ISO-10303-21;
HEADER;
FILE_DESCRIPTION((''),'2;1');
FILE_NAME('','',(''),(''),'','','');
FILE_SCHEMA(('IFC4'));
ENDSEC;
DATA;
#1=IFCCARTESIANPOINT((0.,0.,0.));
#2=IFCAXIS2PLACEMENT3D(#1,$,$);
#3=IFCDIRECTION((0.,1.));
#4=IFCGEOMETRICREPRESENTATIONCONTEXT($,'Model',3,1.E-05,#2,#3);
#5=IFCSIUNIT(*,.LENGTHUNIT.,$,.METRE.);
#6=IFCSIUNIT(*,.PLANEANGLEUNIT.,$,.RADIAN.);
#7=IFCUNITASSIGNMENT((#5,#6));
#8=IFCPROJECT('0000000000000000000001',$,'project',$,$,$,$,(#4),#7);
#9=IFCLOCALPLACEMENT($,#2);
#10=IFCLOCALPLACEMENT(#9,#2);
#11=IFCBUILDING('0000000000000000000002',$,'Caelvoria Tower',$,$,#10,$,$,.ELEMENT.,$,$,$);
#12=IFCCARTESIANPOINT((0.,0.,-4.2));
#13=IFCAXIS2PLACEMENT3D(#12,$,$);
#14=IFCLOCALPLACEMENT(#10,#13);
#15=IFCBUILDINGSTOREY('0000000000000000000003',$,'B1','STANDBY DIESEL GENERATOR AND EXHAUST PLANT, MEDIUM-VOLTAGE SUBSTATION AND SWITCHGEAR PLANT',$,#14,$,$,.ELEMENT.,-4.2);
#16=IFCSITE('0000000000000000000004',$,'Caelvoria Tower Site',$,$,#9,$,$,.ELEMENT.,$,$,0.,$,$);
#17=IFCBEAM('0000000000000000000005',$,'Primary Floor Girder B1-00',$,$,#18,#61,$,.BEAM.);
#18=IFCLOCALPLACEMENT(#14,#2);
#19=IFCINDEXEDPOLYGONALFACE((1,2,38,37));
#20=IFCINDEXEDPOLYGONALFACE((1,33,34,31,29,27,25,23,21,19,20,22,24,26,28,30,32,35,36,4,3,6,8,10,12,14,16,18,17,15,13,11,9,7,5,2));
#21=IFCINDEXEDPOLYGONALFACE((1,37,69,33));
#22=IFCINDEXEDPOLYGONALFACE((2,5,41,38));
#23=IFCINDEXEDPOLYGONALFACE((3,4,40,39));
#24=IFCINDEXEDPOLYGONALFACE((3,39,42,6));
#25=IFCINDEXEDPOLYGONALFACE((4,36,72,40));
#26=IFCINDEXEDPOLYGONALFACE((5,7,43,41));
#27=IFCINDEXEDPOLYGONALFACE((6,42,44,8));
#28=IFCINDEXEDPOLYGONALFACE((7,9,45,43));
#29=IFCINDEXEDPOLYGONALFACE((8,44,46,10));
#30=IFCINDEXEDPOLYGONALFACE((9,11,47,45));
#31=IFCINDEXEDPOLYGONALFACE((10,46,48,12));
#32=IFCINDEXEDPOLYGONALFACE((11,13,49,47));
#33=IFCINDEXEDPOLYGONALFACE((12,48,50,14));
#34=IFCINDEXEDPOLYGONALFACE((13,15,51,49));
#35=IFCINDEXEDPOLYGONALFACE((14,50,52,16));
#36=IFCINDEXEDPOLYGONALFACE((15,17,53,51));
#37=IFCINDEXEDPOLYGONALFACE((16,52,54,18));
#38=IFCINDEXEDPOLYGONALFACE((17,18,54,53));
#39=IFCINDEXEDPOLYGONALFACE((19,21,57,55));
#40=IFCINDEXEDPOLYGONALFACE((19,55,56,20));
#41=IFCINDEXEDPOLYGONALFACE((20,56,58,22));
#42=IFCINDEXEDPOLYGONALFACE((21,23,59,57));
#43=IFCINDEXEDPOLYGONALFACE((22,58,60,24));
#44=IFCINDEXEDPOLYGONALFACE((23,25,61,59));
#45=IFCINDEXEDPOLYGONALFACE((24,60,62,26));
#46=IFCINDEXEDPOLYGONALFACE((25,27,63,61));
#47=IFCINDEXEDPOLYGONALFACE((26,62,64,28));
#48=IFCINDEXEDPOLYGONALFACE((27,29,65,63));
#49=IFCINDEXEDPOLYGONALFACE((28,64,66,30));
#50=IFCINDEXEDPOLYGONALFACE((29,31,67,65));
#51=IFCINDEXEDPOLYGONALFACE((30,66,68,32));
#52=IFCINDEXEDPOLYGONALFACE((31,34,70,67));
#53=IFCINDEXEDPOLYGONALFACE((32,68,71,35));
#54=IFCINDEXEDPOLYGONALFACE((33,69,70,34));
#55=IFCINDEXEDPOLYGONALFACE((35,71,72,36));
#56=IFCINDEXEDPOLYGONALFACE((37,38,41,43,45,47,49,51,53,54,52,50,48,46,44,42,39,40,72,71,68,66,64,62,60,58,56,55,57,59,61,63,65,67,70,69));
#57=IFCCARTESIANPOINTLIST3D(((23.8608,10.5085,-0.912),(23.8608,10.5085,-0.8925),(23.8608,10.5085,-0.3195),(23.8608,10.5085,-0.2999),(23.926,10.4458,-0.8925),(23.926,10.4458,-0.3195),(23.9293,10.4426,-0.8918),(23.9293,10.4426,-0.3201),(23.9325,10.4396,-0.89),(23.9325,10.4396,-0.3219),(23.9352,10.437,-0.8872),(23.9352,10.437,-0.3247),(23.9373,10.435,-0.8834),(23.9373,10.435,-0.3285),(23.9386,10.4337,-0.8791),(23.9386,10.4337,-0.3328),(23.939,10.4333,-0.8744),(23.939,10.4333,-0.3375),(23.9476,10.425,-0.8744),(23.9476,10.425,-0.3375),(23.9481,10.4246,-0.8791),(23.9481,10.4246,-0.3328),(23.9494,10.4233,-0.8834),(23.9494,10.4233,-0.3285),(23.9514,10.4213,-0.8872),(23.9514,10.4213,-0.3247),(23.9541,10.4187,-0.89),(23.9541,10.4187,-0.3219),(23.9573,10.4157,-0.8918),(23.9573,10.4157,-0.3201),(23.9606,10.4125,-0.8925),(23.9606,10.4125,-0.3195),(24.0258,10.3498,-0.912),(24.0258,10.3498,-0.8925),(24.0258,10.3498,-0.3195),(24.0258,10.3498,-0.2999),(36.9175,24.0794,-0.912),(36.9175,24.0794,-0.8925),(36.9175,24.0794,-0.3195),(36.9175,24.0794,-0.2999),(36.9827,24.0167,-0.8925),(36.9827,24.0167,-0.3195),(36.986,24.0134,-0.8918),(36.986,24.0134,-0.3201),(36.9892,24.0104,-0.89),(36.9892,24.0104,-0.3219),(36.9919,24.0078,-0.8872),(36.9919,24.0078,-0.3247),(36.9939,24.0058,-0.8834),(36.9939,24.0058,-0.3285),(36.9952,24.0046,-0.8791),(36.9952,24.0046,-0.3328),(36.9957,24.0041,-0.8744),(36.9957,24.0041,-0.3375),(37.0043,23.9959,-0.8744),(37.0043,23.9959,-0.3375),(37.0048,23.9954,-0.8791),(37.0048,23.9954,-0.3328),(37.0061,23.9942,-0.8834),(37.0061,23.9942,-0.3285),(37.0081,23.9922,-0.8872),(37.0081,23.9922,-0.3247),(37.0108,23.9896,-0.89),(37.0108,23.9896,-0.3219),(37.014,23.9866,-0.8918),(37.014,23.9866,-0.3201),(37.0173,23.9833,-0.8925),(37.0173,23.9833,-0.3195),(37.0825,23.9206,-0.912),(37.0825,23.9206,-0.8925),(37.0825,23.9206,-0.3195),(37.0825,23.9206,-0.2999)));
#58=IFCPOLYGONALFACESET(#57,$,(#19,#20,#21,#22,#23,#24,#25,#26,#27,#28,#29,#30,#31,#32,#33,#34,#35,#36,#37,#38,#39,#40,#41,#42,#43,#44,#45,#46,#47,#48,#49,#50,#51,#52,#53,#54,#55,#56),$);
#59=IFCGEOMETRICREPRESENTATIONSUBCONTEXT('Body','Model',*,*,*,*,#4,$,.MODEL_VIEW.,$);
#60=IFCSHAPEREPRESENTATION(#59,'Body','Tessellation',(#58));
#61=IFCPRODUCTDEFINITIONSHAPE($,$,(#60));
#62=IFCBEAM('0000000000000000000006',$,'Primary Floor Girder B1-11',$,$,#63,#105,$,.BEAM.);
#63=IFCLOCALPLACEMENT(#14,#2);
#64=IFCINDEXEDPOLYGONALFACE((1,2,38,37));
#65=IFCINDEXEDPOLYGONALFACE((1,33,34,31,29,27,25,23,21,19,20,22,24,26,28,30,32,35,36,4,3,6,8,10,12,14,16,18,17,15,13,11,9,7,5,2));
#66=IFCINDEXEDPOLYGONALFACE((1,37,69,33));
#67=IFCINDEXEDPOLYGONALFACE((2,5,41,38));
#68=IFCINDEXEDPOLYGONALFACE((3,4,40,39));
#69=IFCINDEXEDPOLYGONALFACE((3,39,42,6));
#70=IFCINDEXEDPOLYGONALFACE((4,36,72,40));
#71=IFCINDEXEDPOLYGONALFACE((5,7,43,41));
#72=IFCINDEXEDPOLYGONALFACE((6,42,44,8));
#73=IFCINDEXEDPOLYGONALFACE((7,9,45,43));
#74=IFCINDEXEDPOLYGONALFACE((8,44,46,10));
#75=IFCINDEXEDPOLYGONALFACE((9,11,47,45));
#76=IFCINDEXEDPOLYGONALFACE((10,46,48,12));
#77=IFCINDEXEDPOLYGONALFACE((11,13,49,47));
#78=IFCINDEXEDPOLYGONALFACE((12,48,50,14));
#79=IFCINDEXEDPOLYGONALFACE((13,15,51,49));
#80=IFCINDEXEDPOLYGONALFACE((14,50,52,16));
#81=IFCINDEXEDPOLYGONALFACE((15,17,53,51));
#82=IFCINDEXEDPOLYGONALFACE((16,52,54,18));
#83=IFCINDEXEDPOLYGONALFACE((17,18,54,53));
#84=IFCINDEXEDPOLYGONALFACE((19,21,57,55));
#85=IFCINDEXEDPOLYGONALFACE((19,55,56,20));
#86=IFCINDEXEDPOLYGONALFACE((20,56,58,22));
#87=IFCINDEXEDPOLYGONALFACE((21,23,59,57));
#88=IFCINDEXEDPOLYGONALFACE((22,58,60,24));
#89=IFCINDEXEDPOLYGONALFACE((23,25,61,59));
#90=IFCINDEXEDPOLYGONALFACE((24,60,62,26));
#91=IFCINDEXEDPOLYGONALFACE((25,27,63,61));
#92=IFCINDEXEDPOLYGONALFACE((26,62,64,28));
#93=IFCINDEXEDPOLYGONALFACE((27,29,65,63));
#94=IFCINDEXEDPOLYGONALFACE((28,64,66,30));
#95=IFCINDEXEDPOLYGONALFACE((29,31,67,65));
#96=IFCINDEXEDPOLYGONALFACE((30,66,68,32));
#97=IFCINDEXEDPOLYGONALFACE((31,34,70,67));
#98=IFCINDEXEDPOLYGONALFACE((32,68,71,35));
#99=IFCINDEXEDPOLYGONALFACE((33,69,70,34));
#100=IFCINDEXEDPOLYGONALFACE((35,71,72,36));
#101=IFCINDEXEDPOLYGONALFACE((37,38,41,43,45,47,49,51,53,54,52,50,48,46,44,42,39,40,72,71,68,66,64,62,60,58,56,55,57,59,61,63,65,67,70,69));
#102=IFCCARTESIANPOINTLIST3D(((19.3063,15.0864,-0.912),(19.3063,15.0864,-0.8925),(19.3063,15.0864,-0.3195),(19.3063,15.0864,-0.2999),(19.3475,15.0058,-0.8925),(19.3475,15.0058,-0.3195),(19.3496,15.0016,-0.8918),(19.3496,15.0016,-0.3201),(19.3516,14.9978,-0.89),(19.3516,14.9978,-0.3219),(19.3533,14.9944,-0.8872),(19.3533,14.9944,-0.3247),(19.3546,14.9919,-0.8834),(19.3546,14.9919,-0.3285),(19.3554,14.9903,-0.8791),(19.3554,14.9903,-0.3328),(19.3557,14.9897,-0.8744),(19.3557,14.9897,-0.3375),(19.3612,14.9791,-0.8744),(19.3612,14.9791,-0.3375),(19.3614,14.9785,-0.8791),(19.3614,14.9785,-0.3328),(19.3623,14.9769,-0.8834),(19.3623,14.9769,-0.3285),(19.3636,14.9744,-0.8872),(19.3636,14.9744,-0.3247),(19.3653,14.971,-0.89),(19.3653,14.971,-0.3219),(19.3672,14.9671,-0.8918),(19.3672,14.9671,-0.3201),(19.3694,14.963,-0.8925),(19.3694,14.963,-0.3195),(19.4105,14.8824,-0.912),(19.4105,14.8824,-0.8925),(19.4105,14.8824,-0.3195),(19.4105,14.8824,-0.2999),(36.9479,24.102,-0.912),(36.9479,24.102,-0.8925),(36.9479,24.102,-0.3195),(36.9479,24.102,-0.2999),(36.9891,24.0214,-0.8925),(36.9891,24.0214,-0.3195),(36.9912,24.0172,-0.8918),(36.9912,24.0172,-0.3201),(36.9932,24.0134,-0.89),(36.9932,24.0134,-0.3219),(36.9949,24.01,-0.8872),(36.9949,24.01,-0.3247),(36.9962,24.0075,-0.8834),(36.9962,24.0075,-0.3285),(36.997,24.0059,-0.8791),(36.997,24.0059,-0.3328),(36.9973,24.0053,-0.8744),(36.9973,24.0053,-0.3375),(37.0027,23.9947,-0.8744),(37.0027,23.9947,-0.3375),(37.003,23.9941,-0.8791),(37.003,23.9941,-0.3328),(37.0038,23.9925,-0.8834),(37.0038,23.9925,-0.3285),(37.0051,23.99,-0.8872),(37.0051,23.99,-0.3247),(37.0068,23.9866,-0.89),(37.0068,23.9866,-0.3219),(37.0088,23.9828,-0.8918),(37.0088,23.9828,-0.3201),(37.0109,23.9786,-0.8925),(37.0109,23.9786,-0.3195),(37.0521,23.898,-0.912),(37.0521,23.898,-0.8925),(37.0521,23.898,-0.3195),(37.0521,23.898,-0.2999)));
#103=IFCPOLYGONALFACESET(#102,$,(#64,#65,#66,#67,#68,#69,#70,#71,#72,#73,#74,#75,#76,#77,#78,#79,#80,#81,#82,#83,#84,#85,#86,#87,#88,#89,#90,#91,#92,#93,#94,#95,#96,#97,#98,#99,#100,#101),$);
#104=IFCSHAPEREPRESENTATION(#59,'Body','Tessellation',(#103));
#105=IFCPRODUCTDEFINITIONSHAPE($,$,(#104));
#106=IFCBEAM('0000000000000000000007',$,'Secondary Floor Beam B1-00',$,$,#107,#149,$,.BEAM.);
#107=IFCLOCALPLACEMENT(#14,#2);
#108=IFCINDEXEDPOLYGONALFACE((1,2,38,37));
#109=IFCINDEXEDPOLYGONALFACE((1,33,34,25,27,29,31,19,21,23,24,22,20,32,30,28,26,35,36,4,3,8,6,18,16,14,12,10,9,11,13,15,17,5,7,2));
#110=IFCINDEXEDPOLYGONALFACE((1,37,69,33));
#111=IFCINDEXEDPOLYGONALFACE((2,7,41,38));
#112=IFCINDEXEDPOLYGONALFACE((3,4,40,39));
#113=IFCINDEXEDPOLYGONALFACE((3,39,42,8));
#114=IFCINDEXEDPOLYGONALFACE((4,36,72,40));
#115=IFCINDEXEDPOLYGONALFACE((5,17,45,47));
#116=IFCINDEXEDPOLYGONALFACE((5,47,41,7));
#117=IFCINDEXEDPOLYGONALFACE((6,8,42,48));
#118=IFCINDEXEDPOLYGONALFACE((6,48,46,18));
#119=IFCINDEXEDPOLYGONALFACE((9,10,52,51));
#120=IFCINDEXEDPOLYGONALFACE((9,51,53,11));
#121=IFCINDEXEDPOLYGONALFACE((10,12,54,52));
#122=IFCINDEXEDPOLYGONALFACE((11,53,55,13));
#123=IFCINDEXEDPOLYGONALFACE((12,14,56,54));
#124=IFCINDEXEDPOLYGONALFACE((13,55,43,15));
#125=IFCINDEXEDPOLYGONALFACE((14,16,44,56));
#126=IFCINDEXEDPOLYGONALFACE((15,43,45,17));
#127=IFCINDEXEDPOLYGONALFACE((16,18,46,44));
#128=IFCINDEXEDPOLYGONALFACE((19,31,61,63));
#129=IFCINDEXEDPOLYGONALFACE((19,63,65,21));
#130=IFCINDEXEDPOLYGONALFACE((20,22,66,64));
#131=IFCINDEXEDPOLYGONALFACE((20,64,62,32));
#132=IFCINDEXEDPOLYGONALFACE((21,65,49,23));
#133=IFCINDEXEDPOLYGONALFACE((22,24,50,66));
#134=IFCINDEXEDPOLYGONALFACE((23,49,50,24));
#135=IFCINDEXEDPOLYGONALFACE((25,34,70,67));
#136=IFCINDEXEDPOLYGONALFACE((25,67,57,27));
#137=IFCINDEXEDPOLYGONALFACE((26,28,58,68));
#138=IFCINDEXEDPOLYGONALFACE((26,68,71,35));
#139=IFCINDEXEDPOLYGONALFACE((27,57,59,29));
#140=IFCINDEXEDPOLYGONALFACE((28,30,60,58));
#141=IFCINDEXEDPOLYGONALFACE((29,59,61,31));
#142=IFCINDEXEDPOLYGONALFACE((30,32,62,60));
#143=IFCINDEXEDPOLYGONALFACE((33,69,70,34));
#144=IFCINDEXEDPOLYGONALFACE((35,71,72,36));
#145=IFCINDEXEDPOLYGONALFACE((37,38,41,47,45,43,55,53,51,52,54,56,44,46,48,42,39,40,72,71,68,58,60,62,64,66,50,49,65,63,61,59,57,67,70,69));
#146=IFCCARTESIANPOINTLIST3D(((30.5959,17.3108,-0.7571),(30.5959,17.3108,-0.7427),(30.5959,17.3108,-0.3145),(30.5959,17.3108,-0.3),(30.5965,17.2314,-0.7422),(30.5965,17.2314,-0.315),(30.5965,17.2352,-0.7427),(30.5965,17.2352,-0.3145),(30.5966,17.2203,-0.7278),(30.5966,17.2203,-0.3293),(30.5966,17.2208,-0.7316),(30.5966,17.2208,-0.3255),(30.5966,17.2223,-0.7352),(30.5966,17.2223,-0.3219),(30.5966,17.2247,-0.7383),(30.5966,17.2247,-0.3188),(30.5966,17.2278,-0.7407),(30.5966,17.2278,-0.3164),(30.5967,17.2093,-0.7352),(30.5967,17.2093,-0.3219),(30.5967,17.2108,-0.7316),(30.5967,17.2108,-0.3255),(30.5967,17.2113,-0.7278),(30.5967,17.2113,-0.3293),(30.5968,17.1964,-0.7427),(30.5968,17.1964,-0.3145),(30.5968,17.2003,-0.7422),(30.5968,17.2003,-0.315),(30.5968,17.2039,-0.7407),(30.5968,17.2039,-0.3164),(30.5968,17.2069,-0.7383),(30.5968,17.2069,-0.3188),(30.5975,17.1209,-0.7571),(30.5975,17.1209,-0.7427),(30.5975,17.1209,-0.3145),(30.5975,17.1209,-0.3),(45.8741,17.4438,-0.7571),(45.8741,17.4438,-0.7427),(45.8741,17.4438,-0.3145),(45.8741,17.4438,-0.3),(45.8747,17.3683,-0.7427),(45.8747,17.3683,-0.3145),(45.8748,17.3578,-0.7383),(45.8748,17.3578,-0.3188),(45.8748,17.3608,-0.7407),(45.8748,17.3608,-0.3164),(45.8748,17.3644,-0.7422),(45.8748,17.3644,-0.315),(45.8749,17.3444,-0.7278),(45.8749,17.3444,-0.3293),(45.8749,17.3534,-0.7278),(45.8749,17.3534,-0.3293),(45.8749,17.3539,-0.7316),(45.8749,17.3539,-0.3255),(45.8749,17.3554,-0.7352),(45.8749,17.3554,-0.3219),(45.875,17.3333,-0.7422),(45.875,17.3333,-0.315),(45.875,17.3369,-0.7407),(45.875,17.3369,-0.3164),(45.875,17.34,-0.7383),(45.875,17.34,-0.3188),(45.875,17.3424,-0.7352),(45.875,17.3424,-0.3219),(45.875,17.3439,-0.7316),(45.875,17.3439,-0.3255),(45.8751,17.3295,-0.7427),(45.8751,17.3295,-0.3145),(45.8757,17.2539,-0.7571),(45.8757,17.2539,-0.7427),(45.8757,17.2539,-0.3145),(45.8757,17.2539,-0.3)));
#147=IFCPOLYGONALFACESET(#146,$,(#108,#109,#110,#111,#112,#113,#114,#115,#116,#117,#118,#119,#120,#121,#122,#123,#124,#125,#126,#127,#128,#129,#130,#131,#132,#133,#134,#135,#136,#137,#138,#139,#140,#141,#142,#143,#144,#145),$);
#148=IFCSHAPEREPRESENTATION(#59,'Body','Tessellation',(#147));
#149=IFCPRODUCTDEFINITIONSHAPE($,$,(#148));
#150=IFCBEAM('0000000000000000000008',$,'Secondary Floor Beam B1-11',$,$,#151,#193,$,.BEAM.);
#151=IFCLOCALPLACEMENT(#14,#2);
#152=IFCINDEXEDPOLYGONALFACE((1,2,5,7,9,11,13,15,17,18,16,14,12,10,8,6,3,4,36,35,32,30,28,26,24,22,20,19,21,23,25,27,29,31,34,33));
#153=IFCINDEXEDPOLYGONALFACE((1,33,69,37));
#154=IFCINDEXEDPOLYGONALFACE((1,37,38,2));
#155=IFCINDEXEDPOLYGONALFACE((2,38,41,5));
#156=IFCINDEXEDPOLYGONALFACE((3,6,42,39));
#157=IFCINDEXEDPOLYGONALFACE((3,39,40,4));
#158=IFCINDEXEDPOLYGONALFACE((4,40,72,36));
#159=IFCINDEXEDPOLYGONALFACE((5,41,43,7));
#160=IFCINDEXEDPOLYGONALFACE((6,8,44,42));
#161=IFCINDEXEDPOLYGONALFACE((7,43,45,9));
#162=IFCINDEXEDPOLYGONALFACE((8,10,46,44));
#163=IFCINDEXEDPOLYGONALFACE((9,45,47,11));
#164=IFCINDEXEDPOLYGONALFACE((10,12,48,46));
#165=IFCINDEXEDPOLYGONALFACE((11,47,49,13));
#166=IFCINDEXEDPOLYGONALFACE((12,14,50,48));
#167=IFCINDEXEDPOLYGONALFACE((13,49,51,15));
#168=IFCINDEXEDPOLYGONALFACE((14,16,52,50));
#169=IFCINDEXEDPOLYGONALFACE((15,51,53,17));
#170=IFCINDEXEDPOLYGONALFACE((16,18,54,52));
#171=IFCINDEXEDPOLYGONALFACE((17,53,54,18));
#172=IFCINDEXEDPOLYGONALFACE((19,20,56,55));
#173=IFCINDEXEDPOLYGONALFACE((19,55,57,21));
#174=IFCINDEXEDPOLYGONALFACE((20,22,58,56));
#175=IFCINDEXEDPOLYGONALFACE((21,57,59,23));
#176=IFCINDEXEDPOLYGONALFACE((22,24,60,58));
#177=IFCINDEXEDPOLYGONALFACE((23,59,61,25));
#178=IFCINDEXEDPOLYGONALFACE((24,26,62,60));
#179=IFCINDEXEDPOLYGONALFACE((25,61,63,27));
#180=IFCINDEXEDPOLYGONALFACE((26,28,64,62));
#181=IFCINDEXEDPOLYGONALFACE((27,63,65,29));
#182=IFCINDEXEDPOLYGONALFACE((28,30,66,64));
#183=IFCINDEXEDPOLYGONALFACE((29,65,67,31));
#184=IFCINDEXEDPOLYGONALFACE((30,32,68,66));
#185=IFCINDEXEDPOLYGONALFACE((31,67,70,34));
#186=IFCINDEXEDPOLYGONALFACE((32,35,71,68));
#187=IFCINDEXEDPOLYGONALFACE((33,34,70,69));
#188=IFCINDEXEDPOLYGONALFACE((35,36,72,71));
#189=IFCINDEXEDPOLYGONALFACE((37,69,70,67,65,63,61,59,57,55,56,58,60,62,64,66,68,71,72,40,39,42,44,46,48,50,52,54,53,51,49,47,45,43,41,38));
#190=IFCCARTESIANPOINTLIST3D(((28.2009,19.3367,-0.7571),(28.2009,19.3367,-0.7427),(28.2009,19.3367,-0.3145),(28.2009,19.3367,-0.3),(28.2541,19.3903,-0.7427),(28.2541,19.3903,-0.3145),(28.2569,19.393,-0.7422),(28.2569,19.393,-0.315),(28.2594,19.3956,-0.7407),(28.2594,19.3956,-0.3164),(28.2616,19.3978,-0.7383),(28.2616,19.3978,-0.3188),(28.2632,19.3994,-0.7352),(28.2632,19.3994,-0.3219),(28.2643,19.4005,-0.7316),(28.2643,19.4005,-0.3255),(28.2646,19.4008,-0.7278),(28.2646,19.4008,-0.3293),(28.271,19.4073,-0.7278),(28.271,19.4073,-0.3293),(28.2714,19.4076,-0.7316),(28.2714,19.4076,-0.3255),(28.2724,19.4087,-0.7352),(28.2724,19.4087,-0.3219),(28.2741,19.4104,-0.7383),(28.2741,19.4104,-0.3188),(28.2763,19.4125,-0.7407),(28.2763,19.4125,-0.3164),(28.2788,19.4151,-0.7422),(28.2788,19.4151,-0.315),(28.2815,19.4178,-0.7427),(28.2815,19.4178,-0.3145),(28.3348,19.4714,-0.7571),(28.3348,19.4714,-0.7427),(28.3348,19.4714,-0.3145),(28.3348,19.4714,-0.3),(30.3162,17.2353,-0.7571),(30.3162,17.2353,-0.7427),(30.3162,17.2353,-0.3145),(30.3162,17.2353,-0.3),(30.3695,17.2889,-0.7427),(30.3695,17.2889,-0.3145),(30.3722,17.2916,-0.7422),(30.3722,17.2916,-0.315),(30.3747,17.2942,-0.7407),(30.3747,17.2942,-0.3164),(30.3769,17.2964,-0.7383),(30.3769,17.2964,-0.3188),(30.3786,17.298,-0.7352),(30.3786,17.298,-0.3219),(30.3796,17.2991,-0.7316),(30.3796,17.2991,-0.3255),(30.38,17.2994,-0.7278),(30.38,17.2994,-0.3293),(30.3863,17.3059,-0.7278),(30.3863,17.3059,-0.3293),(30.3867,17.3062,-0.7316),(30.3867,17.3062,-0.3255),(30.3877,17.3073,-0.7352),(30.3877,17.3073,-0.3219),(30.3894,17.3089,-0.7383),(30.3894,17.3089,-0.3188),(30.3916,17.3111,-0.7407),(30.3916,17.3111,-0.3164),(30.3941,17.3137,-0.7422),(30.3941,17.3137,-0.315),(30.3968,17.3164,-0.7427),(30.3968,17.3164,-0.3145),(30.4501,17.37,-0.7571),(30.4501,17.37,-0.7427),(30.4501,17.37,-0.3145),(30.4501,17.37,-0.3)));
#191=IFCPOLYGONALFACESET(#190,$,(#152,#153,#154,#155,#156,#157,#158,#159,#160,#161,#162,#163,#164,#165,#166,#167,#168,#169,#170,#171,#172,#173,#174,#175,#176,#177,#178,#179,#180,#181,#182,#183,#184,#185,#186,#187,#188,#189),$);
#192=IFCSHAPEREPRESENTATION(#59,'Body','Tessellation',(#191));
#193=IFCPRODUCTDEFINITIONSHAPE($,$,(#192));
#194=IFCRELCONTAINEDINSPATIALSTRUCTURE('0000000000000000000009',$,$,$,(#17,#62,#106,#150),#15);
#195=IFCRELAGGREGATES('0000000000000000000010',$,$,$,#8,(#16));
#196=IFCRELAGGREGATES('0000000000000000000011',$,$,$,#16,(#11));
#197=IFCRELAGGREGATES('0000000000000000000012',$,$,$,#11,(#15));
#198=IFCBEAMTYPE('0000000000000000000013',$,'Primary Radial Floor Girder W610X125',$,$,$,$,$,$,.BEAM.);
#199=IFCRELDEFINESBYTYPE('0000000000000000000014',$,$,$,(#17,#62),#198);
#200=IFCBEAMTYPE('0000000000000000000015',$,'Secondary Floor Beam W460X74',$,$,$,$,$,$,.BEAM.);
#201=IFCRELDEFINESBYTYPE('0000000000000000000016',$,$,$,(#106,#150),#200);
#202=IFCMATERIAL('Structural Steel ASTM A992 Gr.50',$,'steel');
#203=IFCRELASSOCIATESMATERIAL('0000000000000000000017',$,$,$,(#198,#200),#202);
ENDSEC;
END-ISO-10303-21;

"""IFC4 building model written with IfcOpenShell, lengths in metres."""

from ifc_helpers import new_model, si_unit, direction, frame, origin, origin_2d, place, context, subcontext, project, spatial, i_section, extrude, material, material_profile, profile_set, type_object, element, save


model = new_model("IFC4")

# Units and contexts
model_context = context("Model", 3, precision=1e-05, world=origin(), true_north=direction((0.0, 1.0)))
body_context = subcontext(model_context, "Body", "Model", "MODEL_VIEW")
ifc_project = project(units=[si_unit("LENGTHUNIT", "METRE"), si_unit("PLANEANGLEUNIT", "RADIAN")], contexts=[model_context])

# Site, building, storey
site_placement = place(None, origin())
site = spatial("IfcSite", under=ifc_project, at=site_placement, Name="Caelvoria Tower Site", CompositionType="ELEMENT", RefElevation=0.0)
building_placement = place(site_placement, origin())
building = spatial("IfcBuilding", under=site, at=building_placement, Name="Caelvoria Tower", CompositionType="ELEMENT")
storey_placement = place(building_placement, frame((0.0, 0.0, -4.2)))
storey = spatial("IfcBuildingStorey", under=building, at=storey_placement, Name="B1", Description="STANDBY DIESEL GENERATOR AND EXHAUST PLANT, MEDIUM-VOLTAGE SUBSTATION AND SWITCHGEAR PLANT", CompositionType="ELEMENT", Elevation=-4.2)

# Beams
ifc_material_1 = material(Name="Structural Steel ASTM A992 Gr.50", Category="steel")
ifc_material_profile_1 = material_profile(ifc_material_1, i_section(OverallWidth=0.229, OverallDepth=0.6121, WebThickness=0.012, FlangeThickness=0.0195, FilletRadius=0.0181, at=origin_2d()), Name="Structural Steel ASTM A992 Gr.50")
ifc_profile_set_1 = profile_set([ifc_material_profile_1], Name="W610X125 - Structural Steel ASTM A992 Gr.50")
beam_type_1 = type_object("IfcBeamType", Name="Primary Radial Floor Girder W610X125", PredefinedType="BEAM", material=ifc_profile_set_1)
beam_1_placement = place(storey_placement, frame((37.0, 24.0, -0.606), z_axis=(-0.693324, -0.720626, 0.0), x_axis=(0.720626, -0.693324, 0.0)))
element("IfcBeam", 1, at=beam_1_placement, inside=storey, type_object=beam_type_1, Name="Primary Floor Girder B1-00", PredefinedType="BEAM", context=body_context, shape_type="SweptSolid", body=[
    extrude(i_section(OverallWidth=0.229, OverallDepth=0.6121, WebThickness=0.012, FlangeThickness=0.0195, FilletRadius=0.0181, at=origin_2d()), origin(), (0.0, 0.0, 1.0), 18.832),
])
beam_2_placement = place(storey_placement, frame((37.0, 24.0, -0.606), z_axis=(-0.890459, -0.455063, 0.0), x_axis=(0.455063, -0.890459, 0.0)))
element("IfcBeam", 2, at=beam_2_placement, inside=storey, type_object=beam_type_1, Name="Primary Floor Girder B1-11", PredefinedType="BEAM", context=body_context, shape_type="SweptSolid", body=[
    extrude(i_section(OverallWidth=0.229, OverallDepth=0.6121, WebThickness=0.012, FlangeThickness=0.0195, FilletRadius=0.0181, at=origin_2d()), origin(), (0.0, 0.0, 1.0), 19.8118),
])
ifc_material_profile_2 = material_profile(ifc_material_1, i_section(OverallWidth=0.1899, OverallDepth=0.457, WebThickness=0.009, FlangeThickness=0.0144, FilletRadius=0.0149, at=origin_2d()), Name="Structural Steel ASTM A992 Gr.50")
ifc_profile_set_2 = profile_set([ifc_material_profile_2], Name="W460X74 - Structural Steel ASTM A992 Gr.50")
beam_type_2 = type_object("IfcBeamType", Name="Secondary Floor Beam W460X74", PredefinedType="BEAM", material=ifc_profile_set_2)
beam_3_placement = place(storey_placement, frame((30.5967, 17.2158, -0.5286), z_axis=(0.999962, 0.008709, 0.0), x_axis=(-0.008709, 0.999962, 0.0)))
element("IfcBeam", 3, at=beam_3_placement, inside=storey, type_object=beam_type_2, Name="Secondary Floor Beam B1-00", PredefinedType="BEAM", context=body_context, shape_type="SweptSolid", body=[
    extrude(i_section(OverallWidth=0.1899, OverallDepth=0.457, WebThickness=0.009, FlangeThickness=0.0144, FilletRadius=0.0149, at=origin_2d()), origin(), (0.0, 0.0, 1.0), 15.2788),
])
beam_4_placement = place(storey_placement, frame((28.2678, 19.4041, -0.5286), z_axis=(0.709437, -0.704769, 0.0), x_axis=(0.704769, 0.709437, 0.0)))
element("IfcBeam", 4, at=beam_4_placement, inside=storey, type_object=beam_type_2, Name="Secondary Floor Beam B1-11", PredefinedType="BEAM", context=body_context, shape_type="SweptSolid", body=[
    extrude(i_section(OverallWidth=0.1899, OverallDepth=0.457, WebThickness=0.009, FlangeThickness=0.0144, FilletRadius=0.0149, at=origin_2d()), origin(), (0.0, 0.0, 1.0), 2.9817),
])

save(model, "model.ifc")
